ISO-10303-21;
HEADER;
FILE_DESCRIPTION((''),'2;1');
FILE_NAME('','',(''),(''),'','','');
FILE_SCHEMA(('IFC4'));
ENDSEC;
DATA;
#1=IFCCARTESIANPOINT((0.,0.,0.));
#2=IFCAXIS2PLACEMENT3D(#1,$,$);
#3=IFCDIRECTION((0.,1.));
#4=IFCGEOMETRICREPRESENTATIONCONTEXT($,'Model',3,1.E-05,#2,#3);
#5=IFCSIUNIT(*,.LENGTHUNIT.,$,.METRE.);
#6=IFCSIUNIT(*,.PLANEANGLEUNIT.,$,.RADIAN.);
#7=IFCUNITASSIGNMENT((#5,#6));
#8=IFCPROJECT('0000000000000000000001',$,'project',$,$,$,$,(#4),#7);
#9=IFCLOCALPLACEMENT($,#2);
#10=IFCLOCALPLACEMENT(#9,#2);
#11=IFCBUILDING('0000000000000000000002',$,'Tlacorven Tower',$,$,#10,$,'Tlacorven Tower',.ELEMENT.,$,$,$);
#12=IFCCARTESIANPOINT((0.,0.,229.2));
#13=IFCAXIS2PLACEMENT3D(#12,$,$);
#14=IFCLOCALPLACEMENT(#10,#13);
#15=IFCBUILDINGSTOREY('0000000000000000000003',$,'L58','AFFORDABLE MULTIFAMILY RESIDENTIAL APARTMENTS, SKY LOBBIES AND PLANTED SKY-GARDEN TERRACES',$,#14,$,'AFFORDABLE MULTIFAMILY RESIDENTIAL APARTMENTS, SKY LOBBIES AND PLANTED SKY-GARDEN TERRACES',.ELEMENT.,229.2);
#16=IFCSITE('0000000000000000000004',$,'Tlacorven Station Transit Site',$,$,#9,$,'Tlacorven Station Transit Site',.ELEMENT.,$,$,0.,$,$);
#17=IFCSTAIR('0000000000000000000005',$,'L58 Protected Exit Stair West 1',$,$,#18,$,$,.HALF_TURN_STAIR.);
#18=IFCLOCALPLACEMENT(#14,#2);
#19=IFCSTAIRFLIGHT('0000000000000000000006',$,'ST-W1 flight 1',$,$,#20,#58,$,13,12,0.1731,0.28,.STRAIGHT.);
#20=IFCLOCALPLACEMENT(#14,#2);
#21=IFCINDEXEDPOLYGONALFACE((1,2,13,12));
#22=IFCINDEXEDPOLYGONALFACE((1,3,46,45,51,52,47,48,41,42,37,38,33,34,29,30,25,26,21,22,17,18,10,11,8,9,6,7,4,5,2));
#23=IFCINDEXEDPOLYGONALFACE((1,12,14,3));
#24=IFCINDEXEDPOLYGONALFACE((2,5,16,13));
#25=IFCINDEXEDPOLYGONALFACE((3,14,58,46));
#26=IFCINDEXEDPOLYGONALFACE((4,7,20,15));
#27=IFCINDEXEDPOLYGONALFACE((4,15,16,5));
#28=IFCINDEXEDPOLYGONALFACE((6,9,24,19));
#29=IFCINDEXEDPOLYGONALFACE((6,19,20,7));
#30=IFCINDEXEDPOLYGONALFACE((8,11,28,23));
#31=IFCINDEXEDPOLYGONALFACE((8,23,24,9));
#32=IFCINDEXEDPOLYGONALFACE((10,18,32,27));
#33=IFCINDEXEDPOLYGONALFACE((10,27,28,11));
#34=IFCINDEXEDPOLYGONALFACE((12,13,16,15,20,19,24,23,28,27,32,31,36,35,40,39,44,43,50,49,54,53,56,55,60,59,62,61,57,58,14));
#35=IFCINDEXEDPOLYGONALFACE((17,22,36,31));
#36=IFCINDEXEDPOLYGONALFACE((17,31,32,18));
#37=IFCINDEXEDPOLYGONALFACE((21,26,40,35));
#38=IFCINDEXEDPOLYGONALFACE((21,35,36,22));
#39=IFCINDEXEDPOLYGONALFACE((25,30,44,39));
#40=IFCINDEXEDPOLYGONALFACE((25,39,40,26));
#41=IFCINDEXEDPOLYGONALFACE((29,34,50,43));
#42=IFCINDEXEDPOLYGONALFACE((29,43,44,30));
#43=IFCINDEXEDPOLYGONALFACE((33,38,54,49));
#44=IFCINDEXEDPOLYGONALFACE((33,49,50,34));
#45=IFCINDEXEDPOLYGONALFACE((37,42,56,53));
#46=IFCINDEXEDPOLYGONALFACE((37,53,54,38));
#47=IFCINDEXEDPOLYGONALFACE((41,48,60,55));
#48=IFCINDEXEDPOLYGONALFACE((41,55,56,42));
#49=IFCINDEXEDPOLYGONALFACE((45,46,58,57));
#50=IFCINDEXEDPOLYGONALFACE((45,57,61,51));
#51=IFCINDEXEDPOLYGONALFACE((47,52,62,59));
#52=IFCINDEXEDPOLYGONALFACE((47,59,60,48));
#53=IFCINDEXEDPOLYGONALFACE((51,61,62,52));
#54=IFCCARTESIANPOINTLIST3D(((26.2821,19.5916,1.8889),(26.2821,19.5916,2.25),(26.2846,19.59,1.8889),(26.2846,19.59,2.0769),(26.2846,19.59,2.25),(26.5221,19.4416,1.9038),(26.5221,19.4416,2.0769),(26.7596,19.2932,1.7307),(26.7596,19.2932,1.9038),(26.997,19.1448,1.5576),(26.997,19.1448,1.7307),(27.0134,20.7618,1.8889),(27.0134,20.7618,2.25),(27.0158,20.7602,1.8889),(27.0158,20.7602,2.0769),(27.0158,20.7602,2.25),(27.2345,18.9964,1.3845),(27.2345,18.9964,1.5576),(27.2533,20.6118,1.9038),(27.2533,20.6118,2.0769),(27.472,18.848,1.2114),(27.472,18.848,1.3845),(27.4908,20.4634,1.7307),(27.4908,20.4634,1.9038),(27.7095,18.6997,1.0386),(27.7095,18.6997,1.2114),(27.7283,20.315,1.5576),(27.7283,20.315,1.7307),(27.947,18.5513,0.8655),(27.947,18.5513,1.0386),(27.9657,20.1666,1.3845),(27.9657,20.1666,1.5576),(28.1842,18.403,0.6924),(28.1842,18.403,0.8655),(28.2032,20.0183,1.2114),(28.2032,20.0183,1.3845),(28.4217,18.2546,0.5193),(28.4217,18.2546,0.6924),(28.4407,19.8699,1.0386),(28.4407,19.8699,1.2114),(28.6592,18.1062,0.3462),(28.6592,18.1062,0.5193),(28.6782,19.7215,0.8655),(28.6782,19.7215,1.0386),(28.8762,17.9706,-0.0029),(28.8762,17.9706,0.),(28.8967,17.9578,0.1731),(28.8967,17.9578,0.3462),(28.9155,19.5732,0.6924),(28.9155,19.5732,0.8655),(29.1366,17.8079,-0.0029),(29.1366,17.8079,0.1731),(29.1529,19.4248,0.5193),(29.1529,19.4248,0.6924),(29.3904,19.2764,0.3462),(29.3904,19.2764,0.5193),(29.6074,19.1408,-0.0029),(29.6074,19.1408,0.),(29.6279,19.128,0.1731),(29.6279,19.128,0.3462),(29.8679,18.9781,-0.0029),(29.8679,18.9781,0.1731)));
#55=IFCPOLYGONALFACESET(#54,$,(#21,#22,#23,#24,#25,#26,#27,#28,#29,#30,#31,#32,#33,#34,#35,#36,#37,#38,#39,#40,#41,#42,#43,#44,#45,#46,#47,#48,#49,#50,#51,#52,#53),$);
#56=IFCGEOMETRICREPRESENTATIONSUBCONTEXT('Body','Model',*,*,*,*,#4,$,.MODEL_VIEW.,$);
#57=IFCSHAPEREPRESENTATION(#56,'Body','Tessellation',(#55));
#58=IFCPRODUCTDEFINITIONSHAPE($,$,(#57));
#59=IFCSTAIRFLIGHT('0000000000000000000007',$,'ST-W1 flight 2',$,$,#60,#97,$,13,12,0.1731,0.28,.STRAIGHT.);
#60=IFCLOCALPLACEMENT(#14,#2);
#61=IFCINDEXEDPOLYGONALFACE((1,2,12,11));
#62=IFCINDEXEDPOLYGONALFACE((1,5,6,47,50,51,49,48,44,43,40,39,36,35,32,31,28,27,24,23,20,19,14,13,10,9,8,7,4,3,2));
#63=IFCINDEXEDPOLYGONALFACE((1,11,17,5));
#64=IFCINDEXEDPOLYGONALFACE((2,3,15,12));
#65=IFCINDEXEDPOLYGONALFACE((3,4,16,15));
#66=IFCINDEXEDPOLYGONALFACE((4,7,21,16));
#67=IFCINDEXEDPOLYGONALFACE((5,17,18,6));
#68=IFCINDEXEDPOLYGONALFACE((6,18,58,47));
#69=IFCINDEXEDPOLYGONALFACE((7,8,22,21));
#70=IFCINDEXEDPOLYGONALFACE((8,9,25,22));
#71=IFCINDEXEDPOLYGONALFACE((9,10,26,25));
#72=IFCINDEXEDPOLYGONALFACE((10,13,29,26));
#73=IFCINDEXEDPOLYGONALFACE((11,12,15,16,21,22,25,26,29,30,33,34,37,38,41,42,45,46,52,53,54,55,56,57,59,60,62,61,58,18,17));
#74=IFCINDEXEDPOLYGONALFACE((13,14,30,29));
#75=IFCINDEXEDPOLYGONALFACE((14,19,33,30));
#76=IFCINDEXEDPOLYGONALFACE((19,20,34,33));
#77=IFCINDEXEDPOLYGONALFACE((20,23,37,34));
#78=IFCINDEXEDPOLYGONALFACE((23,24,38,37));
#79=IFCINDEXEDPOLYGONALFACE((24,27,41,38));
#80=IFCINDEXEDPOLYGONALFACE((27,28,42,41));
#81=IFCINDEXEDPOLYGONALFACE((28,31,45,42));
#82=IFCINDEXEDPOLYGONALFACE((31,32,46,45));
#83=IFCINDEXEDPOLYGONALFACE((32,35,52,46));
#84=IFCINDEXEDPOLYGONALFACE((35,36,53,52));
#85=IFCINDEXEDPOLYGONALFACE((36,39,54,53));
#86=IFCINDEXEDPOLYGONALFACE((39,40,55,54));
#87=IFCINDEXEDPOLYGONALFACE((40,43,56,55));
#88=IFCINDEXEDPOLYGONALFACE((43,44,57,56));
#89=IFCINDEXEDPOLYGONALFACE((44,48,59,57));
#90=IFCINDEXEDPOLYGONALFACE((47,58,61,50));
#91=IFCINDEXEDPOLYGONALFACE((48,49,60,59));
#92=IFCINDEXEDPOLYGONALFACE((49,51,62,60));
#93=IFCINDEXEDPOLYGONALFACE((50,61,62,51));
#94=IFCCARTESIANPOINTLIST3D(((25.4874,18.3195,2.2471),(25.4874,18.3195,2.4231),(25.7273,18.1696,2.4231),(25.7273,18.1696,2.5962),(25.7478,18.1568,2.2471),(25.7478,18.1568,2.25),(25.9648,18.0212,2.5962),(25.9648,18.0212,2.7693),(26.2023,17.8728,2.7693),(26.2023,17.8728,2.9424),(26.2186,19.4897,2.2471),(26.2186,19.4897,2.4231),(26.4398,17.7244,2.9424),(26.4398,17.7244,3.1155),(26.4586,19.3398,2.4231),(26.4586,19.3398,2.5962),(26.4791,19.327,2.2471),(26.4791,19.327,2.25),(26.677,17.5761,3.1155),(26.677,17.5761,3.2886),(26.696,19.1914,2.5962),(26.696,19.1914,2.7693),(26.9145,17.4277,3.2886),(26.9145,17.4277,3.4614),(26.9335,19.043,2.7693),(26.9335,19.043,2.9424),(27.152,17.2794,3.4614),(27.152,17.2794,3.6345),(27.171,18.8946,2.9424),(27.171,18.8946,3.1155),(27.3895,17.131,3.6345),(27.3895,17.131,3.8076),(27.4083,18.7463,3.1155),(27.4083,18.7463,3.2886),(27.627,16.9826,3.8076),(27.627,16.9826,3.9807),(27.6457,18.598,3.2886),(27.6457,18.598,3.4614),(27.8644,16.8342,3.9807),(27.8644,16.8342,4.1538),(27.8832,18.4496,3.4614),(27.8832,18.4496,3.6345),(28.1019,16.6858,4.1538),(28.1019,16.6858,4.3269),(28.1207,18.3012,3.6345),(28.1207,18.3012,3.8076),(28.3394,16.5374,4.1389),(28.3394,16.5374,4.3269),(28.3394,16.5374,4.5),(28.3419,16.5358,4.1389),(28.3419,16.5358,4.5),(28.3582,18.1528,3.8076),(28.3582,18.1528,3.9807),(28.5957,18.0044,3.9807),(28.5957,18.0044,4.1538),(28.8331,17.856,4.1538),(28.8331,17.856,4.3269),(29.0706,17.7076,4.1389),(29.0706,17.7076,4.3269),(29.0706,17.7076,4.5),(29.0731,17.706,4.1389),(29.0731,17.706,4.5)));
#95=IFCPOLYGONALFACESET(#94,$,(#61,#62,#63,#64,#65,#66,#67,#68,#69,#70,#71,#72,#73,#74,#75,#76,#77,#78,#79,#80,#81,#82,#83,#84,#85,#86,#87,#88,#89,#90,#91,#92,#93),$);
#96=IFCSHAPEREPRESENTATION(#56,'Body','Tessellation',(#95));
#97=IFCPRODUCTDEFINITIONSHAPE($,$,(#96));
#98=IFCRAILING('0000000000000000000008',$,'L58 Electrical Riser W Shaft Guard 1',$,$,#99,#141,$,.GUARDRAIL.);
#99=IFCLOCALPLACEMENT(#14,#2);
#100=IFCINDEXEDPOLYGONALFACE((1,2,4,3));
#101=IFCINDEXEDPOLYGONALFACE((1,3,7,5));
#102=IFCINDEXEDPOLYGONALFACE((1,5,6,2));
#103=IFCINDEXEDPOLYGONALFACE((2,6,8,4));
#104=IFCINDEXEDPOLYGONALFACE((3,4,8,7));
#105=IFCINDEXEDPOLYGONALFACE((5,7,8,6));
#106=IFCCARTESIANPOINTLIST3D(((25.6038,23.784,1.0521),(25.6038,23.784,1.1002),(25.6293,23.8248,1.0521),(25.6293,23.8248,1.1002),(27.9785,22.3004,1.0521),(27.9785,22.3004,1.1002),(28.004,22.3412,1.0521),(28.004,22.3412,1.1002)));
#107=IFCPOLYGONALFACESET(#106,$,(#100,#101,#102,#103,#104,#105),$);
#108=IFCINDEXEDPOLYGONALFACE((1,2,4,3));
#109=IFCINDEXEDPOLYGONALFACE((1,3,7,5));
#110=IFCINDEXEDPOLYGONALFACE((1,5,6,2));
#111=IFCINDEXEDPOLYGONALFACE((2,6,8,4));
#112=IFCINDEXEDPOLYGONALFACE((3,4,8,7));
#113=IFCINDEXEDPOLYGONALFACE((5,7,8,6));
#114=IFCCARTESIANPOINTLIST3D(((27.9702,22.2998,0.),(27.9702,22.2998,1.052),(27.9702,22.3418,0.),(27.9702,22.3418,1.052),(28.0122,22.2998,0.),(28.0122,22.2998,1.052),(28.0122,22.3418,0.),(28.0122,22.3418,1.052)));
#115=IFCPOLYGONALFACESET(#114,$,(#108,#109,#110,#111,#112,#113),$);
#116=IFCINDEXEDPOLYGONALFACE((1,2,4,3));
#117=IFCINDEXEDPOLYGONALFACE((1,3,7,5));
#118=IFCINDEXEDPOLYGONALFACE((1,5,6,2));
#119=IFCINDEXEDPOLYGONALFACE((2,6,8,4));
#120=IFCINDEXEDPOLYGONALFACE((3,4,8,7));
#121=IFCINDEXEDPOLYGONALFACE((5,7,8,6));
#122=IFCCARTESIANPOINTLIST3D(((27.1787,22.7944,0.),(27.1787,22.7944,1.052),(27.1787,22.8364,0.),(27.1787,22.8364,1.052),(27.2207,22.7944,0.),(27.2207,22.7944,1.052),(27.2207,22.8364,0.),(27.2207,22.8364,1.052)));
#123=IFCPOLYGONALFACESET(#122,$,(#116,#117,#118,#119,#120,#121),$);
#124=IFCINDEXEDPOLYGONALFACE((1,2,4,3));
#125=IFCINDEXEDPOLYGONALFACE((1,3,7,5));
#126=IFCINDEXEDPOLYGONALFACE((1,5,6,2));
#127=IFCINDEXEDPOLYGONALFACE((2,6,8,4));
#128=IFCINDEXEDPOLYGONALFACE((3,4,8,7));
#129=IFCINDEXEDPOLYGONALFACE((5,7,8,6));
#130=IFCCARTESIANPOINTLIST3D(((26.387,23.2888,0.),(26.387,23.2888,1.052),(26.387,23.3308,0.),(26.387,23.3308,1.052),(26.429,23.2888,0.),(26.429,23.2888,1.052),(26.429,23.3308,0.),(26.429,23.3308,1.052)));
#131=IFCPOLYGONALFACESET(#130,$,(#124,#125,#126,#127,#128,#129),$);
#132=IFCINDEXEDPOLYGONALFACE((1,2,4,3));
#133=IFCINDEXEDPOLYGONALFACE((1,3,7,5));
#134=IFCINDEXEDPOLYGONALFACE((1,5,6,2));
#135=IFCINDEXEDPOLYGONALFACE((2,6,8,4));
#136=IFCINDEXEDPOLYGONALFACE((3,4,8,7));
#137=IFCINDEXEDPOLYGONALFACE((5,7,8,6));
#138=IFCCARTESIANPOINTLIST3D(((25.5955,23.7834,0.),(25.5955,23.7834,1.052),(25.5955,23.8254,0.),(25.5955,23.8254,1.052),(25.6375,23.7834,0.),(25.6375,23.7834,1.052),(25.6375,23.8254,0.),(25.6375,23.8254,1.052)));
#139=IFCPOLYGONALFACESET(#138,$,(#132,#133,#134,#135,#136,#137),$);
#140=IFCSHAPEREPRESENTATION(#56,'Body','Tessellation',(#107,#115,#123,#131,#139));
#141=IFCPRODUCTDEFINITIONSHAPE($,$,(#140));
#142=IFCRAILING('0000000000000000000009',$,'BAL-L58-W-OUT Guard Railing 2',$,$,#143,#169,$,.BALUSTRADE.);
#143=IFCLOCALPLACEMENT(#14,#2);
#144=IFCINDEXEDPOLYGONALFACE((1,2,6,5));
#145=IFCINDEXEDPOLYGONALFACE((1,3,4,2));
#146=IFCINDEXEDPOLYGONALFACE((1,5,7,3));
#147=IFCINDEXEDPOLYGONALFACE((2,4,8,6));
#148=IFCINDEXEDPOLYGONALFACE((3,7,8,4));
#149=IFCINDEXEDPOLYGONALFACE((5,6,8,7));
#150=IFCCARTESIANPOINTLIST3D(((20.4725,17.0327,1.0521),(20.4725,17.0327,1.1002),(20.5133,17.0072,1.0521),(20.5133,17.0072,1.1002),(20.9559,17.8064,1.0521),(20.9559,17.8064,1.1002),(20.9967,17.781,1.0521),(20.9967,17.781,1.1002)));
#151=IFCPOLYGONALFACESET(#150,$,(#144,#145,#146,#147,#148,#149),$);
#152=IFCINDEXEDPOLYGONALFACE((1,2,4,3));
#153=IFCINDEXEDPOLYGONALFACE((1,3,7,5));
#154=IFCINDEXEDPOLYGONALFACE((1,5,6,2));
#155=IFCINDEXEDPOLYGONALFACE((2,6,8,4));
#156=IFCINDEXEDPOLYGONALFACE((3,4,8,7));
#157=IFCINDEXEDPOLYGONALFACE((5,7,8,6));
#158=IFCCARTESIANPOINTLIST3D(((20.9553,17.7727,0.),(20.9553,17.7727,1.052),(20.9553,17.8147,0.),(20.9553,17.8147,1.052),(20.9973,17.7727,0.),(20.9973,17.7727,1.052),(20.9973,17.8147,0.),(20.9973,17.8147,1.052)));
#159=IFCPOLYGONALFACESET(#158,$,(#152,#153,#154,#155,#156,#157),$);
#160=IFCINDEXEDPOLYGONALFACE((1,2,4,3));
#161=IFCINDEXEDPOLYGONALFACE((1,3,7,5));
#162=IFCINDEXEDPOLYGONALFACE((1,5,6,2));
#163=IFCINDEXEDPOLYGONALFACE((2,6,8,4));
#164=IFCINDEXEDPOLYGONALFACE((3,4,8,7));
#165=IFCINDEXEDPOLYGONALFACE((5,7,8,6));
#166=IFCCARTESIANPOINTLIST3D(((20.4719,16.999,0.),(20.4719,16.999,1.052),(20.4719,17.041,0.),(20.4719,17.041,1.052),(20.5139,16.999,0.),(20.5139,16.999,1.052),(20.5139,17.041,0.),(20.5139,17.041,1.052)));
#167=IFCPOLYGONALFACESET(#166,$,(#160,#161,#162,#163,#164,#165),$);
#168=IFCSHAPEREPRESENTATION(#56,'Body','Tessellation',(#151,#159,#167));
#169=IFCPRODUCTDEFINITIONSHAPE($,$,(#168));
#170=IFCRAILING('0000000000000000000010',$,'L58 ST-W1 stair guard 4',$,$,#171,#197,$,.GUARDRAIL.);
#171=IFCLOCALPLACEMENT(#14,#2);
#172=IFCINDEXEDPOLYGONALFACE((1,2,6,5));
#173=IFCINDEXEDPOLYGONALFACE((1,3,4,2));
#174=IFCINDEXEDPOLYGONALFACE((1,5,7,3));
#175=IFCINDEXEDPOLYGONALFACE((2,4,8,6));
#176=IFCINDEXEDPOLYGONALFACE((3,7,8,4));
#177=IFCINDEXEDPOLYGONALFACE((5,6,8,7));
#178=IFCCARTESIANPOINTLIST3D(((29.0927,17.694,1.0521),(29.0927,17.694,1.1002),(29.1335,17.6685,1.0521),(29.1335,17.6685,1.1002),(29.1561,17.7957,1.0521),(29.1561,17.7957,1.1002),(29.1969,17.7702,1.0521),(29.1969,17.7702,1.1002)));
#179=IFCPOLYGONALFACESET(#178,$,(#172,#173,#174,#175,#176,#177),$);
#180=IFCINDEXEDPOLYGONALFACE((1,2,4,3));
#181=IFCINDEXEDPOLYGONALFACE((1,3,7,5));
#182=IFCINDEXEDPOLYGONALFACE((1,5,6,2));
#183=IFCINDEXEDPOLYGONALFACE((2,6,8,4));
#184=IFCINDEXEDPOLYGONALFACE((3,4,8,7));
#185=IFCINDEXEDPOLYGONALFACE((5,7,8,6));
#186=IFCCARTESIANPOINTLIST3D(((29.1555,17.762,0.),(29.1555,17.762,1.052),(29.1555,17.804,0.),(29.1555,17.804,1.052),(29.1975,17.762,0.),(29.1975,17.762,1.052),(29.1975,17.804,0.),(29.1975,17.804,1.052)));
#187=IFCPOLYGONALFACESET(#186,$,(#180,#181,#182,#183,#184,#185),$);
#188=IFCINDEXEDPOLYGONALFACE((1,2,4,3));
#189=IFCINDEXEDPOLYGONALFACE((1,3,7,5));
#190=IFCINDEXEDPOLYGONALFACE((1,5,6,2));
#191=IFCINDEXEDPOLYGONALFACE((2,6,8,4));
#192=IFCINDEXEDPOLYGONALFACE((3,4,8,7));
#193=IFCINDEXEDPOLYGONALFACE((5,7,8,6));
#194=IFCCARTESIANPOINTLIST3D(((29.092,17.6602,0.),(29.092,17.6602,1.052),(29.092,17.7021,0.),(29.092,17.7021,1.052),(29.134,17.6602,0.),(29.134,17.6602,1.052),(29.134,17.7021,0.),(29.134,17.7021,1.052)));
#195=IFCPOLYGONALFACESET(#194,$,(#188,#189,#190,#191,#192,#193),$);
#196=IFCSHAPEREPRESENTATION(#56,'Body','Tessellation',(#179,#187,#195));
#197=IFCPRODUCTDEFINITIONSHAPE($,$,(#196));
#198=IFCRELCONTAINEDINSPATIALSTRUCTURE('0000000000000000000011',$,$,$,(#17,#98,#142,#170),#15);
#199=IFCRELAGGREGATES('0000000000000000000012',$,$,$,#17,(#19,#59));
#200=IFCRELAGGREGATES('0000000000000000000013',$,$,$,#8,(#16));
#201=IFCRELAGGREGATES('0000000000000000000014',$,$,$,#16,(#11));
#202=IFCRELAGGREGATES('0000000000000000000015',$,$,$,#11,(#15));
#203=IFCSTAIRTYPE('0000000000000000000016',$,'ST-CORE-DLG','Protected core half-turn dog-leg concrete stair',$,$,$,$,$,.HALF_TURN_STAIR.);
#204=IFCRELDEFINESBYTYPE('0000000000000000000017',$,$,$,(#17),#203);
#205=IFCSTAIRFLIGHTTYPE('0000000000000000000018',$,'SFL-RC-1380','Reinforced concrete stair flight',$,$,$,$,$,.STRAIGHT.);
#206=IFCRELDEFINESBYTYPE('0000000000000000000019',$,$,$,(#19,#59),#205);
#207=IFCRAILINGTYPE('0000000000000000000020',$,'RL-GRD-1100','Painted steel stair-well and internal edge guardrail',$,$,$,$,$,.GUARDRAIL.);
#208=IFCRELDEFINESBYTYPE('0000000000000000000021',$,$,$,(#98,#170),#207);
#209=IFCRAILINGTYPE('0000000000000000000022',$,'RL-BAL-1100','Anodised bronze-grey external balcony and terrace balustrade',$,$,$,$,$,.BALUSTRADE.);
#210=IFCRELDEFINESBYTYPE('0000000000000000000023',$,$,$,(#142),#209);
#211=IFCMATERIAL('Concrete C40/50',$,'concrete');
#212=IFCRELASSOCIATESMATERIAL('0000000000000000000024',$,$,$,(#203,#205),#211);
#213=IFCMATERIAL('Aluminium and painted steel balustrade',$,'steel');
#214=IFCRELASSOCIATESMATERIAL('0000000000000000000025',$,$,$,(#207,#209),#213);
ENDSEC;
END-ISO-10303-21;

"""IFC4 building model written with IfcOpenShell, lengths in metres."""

from ifc_helpers import new_model, si_unit, direction, frame, origin, origin_2d, place, context, subcontext, project, spatial, polyline, rectangle, outline, extrude, source, transform, mapped, material, type_object, element, aggregate, save


model = new_model("IFC4")

# Units and contexts
model_context = context("Model", 3, precision=1e-05, world=origin(), true_north=direction((0.0, 1.0)))
body_context = subcontext(model_context, "Body", "Model", "MODEL_VIEW")
ifc_project = project(units=[si_unit("LENGTHUNIT", "METRE"), si_unit("PLANEANGLEUNIT", "RADIAN")], contexts=[model_context])

# Site, building, storey
site_placement = place(None, origin())
site = spatial("IfcSite", under=ifc_project, at=site_placement, Name="Tlacorven Station Transit Site", LongName="Tlacorven Station Transit Site", CompositionType="ELEMENT", RefElevation=0.0)
building_placement = place(site_placement, origin())
building = spatial("IfcBuilding", under=site, at=building_placement, Name="Tlacorven Tower", LongName="Tlacorven Tower", CompositionType="ELEMENT")
storey_placement = place(building_placement, frame((0.0, 0.0, 229.2)))
storey = spatial("IfcBuildingStorey", under=building, at=storey_placement, Name="L58", Description="AFFORDABLE MULTIFAMILY RESIDENTIAL APARTMENTS, SKY LOBBIES AND PLANTED SKY-GARDEN TERRACES", LongName="AFFORDABLE MULTIFAMILY RESIDENTIAL APARTMENTS, SKY LOBBIES AND PLANTED SKY-GARDEN TERRACES", CompositionType="ELEMENT", Elevation=229.2)

# Shared definitions
ifc_material_1 = material(Name="Concrete C40/50", Category="concrete")

# Stair, stair flights
stair_type = type_object("IfcStairType", Name="ST-CORE-DLG", Description="Protected core half-turn dog-leg concrete stair", PredefinedType="HALF_TURN_STAIR", material=ifc_material_1)
stair_placement = place(storey_placement, origin())
stair = element("IfcStair", 1, at=stair_placement, inside=storey, type_object=stair_type, Name="L58 Protected Exit Stair West 1", PredefinedType="HALF_TURN_STAIR")
stair_flight_type = type_object("IfcStairFlightType", Name="SFL-RC-1380", Description="Reinforced concrete stair flight", PredefinedType="STRAIGHT", material=ifc_material_1)
shared_shape_1 = source(origin(), body_context, "Body", "SweptSolid", [
    extrude(outline(polyline([(-0.0029, -0.0029), (-0.0029, 0.1731), (0.28, 0.1731), (0.28, 0.3462), (0.5601, 0.3462), (0.5601, 0.5193), (0.8401, 0.5193), (0.8401, 0.6924), (1.1201, 0.6924), (1.1201, 0.8655), (1.3999, 0.8655), (1.3999, 1.0386), (1.6799, 1.0386), (1.6799, 1.2114), (1.96, 1.2114), (1.96, 1.3845), (2.24, 1.3845), (2.24, 1.5576), (2.52, 1.5576), (2.52, 1.7307), (2.8, 1.7307), (2.8, 1.9038), (3.0801, 1.9038), (3.0801, 2.0769), (3.3601, 2.0769), (3.3601, 2.25), (3.363, 2.25), (3.363, 1.8889), (3.3601, 1.8889), (0.3042, 0.0), (0.3042, -0.0029), (-0.0029, -0.0029)])), frame((0.0, 0.6899, 0.0), z_axis=(0.0, -1.0, 0.0), x_axis=(1.0, 0.0, 0.0)), (0.0, 0.0, 1.0), 1.3799),
])
stair_flight_1_placement = place(storey_placement, frame((29.4998, 18.3945, 0.0), z_axis=(0.0, 0.0, 1.0), x_axis=(-0.848048, 0.529919, 0.0)))
stair_flight_1 = element("IfcStairFlight", 2, at=stair_flight_1_placement, type_object=stair_flight_type, Name="ST-W1 flight 1", NumberOfRisers=13, NumberOfTreads=12, PredefinedType="STRAIGHT", RiserHeight=0.1731, TreadLength=0.28, context=body_context, shape_type="MappedRepresentation", body=[
    mapped(shared_shape_1, transform((0.0, 0.0, 0.0), scale=1.0)),
])
stair_flight_2_placement = place(storey_placement, frame((25.8555, 18.9031, 2.25), z_axis=(0.0, 0.0, 1.0), x_axis=(0.848048, -0.529919, 0.0)))
stair_flight_2 = element("IfcStairFlight", 3, at=stair_flight_2_placement, type_object=stair_flight_type, Name="ST-W1 flight 2", NumberOfRisers=13, NumberOfTreads=12, PredefinedType="STRAIGHT", RiserHeight=0.1731, TreadLength=0.28, context=body_context, shape_type="MappedRepresentation", body=[
    mapped(shared_shape_1, transform((0.0, 0.0, 0.0), scale=1.0)),
])
aggregate(stair, [stair_flight_1, stair_flight_2])

# Railings
ifc_material_2 = material(Name="Aluminium and painted steel balustrade", Category="steel")
railing_type_1 = type_object("IfcRailingType", Name="RL-GRD-1100", Description="Painted steel stair-well and internal edge guardrail", PredefinedType="GUARDRAIL", material=ifc_material_2)
shared_shape_2 = source(origin(), body_context, "Body", "SweptSolid", [
    extrude(rectangle(XDim=0.0481, YDim=0.0481, at=origin_2d()), frame((0.0, 0.0, 1.0762), z_axis=(-0.848091, 0.52985, 0.0), x_axis=(-0.52985, -0.848091, 0.0)), (0.0, 0.0, 1.0), 2.8),
    extrude(rectangle(XDim=0.042, YDim=0.042, at=origin_2d()), origin(), (0.0, 0.0, 1.0), 1.052),
    extrude(rectangle(XDim=0.042, YDim=0.042, at=origin_2d()), frame((-0.7915, 0.4946, 0.0)), (0.0, 0.0, 1.0), 1.052),
    extrude(rectangle(XDim=0.042, YDim=0.042, at=origin_2d()), frame((-1.5833, 0.989, 0.0)), (0.0, 0.0, 1.0), 1.052),
    extrude(rectangle(XDim=0.042, YDim=0.042, at=origin_2d()), frame((-2.3748, 1.4836, 0.0)), (0.0, 0.0, 1.0), 1.052),
])
railing_1_placement = place(storey_placement, frame((27.9912, 22.3208, 0.0)))
element("IfcRailing", 4, at=railing_1_placement, inside=storey, type_object=railing_type_1, Name="L58 Electrical Riser W Shaft Guard 1", PredefinedType="GUARDRAIL", context=body_context, shape_type="MappedRepresentation", body=[
    mapped(shared_shape_2, transform((0.0, 0.0, 0.0), scale=1.0)),
])
railing_type_2 = type_object("IfcRailingType", Name="RL-BAL-1100", Description="Anodised bronze-grey external balcony and terrace balustrade", PredefinedType="BALUSTRADE", material=ifc_material_2)
shared_shape_3 = source(origin(), body_context, "Body", "SweptSolid", [
    extrude(rectangle(XDim=0.0481, YDim=0.0481, at=origin_2d()), frame((0.0, 0.0, 1.0762), z_axis=(-0.529879, -0.848073, 0.0), x_axis=(0.848073, -0.529879, 0.0)), (0.0, 0.0, 1.0), 0.9124),
    extrude(rectangle(XDim=0.042, YDim=0.042, at=origin_2d()), origin(), (0.0, 0.0, 1.0), 1.052),
    extrude(rectangle(XDim=0.042, YDim=0.042, at=origin_2d()), frame((-0.4834, -0.7737, 0.0)), (0.0, 0.0, 1.0), 1.052),
])
railing_2_placement = place(storey_placement, frame((20.9763, 17.7937, 0.0)))
element("IfcRailing", 5, at=railing_2_placement, inside=storey, type_object=railing_type_2, Name="BAL-L58-W-OUT Guard Railing 2", PredefinedType="BALUSTRADE", context=body_context, shape_type="MappedRepresentation", body=[
    mapped(shared_shape_3, transform((0.0, 0.0, 0.0), scale=1.0)),
])
shared_shape_4 = source(origin(), body_context, "Body", "SweptSolid", [
    extrude(rectangle(XDim=0.0481, YDim=0.0481, at=origin_2d()), frame((0.0, 0.0, 1.0762), z_axis=(-0.529084, -0.848569, 0.0), x_axis=(0.848569, -0.529084, 0.0)), (0.0, 0.0, 1.0), 0.1199),
    extrude(rectangle(XDim=0.042, YDim=0.042, at=origin_2d()), origin(), (0.0, 0.0, 1.0), 1.052),
    extrude(rectangle(XDim=0.042, YDim=0.042, at=origin_2d()), frame((-0.0635, -0.1018, 0.0)), (0.0, 0.0, 1.0), 1.052),
])
railing_3_placement = place(storey_placement, frame((29.1765, 17.783, 0.0)))
element("IfcRailing", 6, at=railing_3_placement, inside=storey, type_object=railing_type_1, Name="L58 ST-W1 stair guard 4", PredefinedType="GUARDRAIL", context=body_context, shape_type="MappedRepresentation", body=[
    mapped(shared_shape_4, transform((0.0, 0.0, 0.0), scale=1.0)),
])

save(model, "model.ifc")
